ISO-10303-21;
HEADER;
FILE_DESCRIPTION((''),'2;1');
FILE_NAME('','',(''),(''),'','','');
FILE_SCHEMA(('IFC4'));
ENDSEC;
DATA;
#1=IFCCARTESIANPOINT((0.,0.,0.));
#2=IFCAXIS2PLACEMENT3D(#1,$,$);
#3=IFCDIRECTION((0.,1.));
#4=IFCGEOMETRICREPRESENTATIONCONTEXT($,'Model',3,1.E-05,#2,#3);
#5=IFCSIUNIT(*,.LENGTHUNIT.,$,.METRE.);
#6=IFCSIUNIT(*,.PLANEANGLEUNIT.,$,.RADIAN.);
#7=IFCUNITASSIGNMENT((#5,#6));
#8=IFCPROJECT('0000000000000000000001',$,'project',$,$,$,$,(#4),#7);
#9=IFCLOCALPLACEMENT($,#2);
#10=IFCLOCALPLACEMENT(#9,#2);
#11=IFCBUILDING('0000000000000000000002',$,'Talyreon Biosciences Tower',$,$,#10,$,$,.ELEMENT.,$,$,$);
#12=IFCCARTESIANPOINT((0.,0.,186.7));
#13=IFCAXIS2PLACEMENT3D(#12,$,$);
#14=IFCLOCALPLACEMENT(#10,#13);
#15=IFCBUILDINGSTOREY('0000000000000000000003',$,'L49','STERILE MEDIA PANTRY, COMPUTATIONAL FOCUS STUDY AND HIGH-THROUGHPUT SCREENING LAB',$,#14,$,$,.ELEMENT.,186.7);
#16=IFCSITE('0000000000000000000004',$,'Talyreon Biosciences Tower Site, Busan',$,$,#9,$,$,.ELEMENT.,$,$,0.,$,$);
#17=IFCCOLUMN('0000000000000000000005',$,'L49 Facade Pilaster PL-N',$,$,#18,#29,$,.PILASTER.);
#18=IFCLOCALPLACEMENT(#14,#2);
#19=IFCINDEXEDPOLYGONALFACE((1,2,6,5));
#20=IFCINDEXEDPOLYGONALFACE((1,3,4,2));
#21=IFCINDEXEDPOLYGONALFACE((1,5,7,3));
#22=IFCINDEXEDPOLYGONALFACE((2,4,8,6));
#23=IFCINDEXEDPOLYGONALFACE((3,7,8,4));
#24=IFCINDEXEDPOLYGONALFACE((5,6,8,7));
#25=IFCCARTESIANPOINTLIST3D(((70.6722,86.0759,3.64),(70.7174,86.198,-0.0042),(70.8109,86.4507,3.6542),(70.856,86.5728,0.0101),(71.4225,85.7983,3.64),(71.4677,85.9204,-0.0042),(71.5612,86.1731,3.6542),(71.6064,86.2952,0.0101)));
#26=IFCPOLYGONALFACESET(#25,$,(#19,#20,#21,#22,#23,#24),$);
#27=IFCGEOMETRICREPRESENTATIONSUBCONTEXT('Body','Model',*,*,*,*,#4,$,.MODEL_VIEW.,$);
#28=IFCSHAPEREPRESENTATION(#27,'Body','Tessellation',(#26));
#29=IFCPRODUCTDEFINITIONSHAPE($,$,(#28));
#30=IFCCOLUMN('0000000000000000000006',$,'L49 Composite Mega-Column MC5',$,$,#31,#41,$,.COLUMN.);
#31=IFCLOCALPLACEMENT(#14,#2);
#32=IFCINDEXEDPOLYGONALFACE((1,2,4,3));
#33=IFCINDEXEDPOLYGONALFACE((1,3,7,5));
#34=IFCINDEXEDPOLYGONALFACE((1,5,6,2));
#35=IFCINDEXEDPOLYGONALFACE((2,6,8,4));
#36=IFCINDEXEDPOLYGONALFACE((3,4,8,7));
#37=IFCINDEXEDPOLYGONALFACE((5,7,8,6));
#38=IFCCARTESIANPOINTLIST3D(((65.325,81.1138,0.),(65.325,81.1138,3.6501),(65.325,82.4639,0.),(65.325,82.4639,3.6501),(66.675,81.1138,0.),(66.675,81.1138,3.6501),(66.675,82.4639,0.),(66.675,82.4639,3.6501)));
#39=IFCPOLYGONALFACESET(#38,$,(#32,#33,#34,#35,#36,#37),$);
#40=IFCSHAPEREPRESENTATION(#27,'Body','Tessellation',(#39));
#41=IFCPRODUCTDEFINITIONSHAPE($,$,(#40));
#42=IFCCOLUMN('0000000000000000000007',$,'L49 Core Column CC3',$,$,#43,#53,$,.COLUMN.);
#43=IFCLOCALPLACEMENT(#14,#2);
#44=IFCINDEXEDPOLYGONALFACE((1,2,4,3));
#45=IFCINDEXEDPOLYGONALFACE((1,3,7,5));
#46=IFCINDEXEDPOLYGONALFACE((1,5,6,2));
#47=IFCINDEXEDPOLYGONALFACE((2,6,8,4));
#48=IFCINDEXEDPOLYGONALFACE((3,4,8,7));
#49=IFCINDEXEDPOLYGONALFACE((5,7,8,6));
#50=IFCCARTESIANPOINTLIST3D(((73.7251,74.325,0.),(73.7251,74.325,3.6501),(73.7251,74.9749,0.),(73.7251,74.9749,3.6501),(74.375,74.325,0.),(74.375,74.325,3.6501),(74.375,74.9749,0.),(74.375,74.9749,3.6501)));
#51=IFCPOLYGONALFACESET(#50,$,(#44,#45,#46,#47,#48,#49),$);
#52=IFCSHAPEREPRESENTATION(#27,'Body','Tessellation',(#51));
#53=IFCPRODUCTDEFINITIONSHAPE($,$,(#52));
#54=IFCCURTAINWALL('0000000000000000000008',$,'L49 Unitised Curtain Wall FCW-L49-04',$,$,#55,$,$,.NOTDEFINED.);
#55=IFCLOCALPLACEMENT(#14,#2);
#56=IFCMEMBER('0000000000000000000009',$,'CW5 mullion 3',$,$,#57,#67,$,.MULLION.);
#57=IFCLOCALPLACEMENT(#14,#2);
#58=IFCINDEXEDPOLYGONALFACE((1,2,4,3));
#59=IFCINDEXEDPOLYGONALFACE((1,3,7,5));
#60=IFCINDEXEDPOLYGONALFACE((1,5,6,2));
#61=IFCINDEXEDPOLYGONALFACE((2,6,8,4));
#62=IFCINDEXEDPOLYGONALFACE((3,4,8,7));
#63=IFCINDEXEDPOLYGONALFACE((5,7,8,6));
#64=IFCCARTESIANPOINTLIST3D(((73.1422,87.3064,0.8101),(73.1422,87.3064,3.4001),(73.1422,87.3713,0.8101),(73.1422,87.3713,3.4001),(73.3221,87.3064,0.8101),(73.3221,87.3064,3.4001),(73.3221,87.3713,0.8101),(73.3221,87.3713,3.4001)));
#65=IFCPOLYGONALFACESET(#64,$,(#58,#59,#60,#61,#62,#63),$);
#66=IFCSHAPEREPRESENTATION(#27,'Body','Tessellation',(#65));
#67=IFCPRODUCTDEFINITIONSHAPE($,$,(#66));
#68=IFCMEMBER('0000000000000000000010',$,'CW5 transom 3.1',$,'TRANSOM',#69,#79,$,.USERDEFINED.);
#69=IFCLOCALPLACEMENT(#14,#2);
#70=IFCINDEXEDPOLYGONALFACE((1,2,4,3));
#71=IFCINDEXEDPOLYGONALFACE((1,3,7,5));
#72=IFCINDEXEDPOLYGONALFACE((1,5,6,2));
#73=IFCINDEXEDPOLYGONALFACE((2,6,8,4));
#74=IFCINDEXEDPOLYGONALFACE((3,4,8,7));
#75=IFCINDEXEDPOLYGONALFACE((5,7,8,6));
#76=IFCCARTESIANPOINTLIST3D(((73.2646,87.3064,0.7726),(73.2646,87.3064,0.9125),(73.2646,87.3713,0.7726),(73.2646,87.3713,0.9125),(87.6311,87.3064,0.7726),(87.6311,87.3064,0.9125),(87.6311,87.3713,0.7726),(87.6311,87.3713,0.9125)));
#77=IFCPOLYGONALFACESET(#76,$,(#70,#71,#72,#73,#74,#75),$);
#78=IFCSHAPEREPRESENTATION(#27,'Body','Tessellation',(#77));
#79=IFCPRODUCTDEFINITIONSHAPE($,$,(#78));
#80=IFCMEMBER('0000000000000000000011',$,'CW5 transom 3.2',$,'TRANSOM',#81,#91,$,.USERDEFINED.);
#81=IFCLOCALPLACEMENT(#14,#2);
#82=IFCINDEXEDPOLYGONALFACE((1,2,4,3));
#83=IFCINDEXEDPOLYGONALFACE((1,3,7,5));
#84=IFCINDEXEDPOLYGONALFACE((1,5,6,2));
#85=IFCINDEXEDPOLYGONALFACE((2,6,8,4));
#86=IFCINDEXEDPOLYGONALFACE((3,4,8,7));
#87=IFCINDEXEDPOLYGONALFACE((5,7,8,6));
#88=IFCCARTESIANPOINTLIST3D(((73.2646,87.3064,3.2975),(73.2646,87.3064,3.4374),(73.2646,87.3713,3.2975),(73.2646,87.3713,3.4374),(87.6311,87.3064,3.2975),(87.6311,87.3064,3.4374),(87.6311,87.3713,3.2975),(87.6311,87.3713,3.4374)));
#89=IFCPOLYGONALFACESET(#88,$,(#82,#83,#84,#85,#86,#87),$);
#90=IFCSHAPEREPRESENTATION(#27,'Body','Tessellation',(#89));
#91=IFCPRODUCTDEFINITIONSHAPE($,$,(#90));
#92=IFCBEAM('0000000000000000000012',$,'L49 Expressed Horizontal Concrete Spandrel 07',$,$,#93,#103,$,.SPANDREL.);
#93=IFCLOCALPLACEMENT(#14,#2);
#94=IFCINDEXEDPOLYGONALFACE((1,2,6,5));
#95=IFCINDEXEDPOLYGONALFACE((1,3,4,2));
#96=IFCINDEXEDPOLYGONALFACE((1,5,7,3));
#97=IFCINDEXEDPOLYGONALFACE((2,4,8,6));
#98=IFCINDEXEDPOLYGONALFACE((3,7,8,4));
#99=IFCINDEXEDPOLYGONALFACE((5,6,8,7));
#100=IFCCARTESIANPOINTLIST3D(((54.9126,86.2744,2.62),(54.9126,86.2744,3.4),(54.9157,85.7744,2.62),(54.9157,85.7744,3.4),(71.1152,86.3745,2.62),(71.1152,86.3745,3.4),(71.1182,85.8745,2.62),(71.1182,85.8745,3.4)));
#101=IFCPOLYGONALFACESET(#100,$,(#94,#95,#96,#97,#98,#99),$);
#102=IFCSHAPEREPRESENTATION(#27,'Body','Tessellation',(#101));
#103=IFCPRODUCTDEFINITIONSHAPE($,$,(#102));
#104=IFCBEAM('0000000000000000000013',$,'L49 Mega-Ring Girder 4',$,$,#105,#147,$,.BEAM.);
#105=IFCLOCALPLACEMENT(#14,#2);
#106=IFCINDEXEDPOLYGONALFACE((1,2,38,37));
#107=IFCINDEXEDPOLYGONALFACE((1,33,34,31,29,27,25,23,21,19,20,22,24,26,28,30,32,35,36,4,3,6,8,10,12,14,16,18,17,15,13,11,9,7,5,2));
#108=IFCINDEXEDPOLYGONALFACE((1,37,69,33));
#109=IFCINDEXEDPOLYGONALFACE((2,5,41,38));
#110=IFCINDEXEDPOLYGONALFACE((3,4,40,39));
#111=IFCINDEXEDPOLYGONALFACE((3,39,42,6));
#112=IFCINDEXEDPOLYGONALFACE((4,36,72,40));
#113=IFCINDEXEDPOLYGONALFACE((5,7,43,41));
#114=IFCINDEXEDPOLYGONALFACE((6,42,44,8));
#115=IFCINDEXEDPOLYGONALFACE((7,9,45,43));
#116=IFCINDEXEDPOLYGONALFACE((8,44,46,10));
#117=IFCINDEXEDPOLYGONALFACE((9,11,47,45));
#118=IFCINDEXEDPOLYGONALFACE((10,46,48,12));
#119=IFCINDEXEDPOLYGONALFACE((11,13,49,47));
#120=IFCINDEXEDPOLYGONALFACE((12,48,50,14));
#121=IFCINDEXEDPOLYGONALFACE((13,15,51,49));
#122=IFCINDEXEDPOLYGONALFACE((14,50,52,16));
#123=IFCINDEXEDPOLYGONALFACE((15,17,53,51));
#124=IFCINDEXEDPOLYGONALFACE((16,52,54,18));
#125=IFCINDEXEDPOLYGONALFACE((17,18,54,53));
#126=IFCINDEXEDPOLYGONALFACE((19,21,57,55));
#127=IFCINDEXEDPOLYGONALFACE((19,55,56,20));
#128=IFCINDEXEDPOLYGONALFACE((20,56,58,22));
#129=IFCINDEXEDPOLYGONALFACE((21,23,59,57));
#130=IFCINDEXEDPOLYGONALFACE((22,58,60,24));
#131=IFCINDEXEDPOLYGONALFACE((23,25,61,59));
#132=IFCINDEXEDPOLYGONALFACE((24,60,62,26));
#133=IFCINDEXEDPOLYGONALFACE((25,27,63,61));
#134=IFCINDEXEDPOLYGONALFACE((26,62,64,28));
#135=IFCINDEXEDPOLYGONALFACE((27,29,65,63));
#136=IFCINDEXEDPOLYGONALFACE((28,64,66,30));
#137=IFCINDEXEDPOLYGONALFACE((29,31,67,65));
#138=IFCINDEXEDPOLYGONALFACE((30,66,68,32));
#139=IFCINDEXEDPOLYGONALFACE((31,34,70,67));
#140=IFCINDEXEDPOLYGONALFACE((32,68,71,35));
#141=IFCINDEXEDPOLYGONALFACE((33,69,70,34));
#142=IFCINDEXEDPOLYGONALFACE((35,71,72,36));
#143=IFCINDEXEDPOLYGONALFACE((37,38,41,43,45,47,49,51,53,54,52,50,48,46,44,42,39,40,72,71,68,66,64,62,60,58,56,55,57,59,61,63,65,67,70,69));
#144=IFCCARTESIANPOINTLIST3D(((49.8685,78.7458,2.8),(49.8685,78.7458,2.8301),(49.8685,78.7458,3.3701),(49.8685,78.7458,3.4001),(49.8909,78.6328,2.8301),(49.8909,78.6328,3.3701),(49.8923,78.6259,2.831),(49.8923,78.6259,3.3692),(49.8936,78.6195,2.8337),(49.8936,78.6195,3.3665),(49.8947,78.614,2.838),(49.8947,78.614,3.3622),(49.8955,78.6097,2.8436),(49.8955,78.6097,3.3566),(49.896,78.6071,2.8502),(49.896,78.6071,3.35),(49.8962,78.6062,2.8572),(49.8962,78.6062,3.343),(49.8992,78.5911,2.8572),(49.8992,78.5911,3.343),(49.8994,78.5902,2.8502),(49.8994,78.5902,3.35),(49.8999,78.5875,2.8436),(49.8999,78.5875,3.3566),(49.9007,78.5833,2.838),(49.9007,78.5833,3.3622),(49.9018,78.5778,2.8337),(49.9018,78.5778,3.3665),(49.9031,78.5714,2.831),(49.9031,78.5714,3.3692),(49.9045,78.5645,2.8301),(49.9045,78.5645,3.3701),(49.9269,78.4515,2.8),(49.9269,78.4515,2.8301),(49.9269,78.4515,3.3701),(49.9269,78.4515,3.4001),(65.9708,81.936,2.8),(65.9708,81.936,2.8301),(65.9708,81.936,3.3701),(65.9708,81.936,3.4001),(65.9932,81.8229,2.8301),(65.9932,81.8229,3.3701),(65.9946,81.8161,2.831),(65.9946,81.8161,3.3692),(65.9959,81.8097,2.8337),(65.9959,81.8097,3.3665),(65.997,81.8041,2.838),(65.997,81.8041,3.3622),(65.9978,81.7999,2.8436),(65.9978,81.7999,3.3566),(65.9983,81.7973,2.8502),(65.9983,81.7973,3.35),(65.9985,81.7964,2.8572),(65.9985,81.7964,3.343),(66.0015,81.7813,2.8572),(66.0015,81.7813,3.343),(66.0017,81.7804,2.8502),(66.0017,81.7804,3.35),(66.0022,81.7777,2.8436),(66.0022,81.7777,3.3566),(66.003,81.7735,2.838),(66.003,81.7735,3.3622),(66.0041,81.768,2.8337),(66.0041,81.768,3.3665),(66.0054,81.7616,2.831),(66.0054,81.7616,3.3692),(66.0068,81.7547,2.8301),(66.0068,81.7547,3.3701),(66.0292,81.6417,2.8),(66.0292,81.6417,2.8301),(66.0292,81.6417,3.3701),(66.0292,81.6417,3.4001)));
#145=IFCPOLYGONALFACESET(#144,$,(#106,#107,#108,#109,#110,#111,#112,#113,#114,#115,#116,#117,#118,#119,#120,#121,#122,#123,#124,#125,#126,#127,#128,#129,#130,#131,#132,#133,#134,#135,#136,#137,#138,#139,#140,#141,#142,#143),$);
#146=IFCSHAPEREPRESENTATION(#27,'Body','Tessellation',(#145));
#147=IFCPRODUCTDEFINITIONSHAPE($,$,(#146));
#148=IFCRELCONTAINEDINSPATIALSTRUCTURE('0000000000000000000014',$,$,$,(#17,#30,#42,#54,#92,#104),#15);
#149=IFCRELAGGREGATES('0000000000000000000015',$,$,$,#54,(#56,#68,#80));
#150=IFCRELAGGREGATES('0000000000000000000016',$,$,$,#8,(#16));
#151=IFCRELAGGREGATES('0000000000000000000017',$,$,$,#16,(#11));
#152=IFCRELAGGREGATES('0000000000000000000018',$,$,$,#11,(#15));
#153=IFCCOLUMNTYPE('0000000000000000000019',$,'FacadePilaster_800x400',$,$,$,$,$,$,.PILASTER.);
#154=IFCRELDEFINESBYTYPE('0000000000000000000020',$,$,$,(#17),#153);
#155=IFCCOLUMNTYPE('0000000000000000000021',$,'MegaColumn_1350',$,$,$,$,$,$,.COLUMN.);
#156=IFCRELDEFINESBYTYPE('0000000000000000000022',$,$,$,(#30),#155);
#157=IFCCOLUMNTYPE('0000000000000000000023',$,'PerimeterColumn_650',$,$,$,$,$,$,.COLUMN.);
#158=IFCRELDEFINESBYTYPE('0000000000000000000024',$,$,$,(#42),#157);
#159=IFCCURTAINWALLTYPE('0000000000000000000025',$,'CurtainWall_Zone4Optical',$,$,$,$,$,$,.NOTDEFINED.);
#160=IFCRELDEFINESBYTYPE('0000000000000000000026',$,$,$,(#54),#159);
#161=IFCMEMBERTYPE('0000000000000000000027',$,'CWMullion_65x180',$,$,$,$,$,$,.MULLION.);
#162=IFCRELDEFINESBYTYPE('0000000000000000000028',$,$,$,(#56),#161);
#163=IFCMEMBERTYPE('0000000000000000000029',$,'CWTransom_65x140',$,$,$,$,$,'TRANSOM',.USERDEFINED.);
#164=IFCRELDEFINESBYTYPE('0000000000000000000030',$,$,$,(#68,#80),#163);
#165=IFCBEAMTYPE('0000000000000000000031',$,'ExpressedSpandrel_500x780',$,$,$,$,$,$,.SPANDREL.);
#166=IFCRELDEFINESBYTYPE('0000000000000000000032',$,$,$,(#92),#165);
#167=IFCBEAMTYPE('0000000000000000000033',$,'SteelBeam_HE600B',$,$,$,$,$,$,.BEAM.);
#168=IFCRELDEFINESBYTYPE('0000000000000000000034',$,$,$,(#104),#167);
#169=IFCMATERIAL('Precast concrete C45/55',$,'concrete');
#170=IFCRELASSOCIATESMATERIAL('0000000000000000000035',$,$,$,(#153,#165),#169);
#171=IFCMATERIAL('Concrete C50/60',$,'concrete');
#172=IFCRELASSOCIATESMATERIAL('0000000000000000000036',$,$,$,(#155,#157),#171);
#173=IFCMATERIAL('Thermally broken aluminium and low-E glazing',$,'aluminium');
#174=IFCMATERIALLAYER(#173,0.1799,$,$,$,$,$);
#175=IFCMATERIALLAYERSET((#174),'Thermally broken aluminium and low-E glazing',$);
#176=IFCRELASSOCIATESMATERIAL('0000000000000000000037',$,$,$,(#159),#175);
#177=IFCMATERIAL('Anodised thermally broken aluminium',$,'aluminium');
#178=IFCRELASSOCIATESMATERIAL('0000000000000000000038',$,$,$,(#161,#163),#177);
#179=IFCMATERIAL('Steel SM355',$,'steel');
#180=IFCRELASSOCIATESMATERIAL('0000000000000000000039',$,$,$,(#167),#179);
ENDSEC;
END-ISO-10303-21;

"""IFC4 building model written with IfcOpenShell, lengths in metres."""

from ifc_helpers import new_model, si_unit, direction, frame, origin, origin_2d, place, context, subcontext, project, spatial, rectangle, i_section, extrude, material, layer, layer_set, material_profile, profile_set, type_object, element, aggregate, save


model = new_model("IFC4")

# Units and contexts
model_context = context("Model", 3, precision=1e-05, world=origin(), true_north=direction((0.0, 1.0)))
body_context = subcontext(model_context, "Body", "Model", "MODEL_VIEW")
ifc_project = project(units=[si_unit("LENGTHUNIT", "METRE"), si_unit("PLANEANGLEUNIT", "RADIAN")], contexts=[model_context])

# Site, building, storey
site_placement = place(None, origin())
site = spatial("IfcSite", under=ifc_project, at=site_placement, Name="Talyreon Biosciences Tower Site, Busan", CompositionType="ELEMENT", RefElevation=0.0)
building_placement = place(site_placement, origin())
building = spatial("IfcBuilding", under=site, at=building_placement, Name="Talyreon Biosciences Tower", CompositionType="ELEMENT")
storey_placement = place(building_placement, frame((0.0, 0.0, 186.7)))
storey = spatial("IfcBuildingStorey", under=building, at=storey_placement, Name="L49", Description="STERILE MEDIA PANTRY, COMPUTATIONAL FOCUS STUDY AND HIGH-THROUGHPUT SCREENING LAB", CompositionType="ELEMENT", Elevation=186.7)

# Columns
ifc_material_1 = material(Name="Precast concrete C45/55", Category="concrete")
ifc_material_profile_1 = material_profile(ifc_material_1, rectangle(XDim=0.8, YDim=0.3999, at=origin_2d()), Name="RC 800x400")
ifc_profile_set_1 = profile_set([ifc_material_profile_1], Name="Precast concrete C45/55")
column_type_1 = type_object("IfcColumnType", Name="FacadePilaster_800x400", PredefinedType="PILASTER", material=ifc_profile_set_1)
column_1_placement = place(storey_placement, frame((71.1619, 86.2466, 0.0029), z_axis=(-0.012387, -0.033477, 0.999363), x_axis=(-0.937862, 0.347009, 0.0)))
element("IfcColumn", 1, at=column_1_placement, inside=storey, type_object=column_type_1, Name="L49 Facade Pilaster PL-N", PredefinedType="PILASTER", context=body_context, shape_type="SweptSolid", body=[
    extrude(rectangle(XDim=0.8, YDim=0.3999, at=origin_2d()), origin(), (0.0, 0.0, 1.0), 3.6465),
])
ifc_material_2 = material(Name="Concrete C50/60", Category="concrete")
ifc_material_profile_2 = material_profile(ifc_material_2, rectangle(XDim=1.3501, YDim=1.3501, at=origin_2d()), Name="RC 1350x1350")
ifc_profile_set_2 = profile_set([ifc_material_profile_2], Name="Concrete C50/60")
column_type_2 = type_object("IfcColumnType", Name="MegaColumn_1350", PredefinedType="COLUMN", material=ifc_profile_set_2)
column_2_placement = place(storey_placement, frame((66.0, 81.7888, 0.0), z_axis=(0.0, 0.0, 1.0), x_axis=(1.0, 0.0, 0.0)))
element("IfcColumn", 2, at=column_2_placement, inside=storey, type_object=column_type_2, Name="L49 Composite Mega-Column MC5", PredefinedType="COLUMN", context=body_context, shape_type="SweptSolid", body=[
    extrude(rectangle(XDim=1.3501, YDim=1.3501, at=origin_2d()), origin(), (0.0, 0.0, 1.0), 3.6501),
])
ifc_material_profile_3 = material_profile(ifc_material_2, rectangle(XDim=0.6499, YDim=0.6499, at=origin_2d()), Name="RC 650x650")
ifc_profile_set_3 = profile_set([ifc_material_profile_3], Name="Concrete C50/60")
column_type_3 = type_object("IfcColumnType", Name="PerimeterColumn_650", PredefinedType="COLUMN", material=ifc_profile_set_3)
column_3_placement = place(storey_placement, frame((74.05, 74.6499, 0.0), z_axis=(0.0, 0.0, 1.0), x_axis=(1.0, 0.0, 0.0)))
element("IfcColumn", 3, at=column_3_placement, inside=storey, type_object=column_type_3, Name="L49 Core Column CC3", PredefinedType="COLUMN", context=body_context, shape_type="SweptSolid", body=[
    extrude(rectangle(XDim=0.6499, YDim=0.6499, at=origin_2d()), origin(), (0.0, 0.0, 1.0), 3.6501),
])

# Curtain wall, members
ifc_material_3 = material(Name="Thermally broken aluminium and low-E glazing", Category="aluminium")
ifc_layer_1 = layer(ifc_material_3, 0.1799)
ifc_layer_set_1 = layer_set([ifc_layer_1], Name="Thermally broken aluminium and low-E glazing")
curtain_wall_type = type_object("IfcCurtainWallType", Name="CurtainWall_Zone4Optical", PredefinedType="NOTDEFINED", material=ifc_layer_set_1)
curtain_wall_placement = place(storey_placement, origin())
curtain_wall = element("IfcCurtainWall", 4, at=curtain_wall_placement, inside=storey, type_object=curtain_wall_type, Name="L49 Unitised Curtain Wall FCW-L49-04", PredefinedType="NOTDEFINED")
ifc_material_4 = material(Name="Anodised thermally broken aluminium", Category="aluminium")
ifc_material_profile_4 = material_profile(ifc_material_4, rectangle(XDim=0.0649, YDim=0.1799, at=origin_2d()), Name="ALUM MULLION 65x180")
ifc_profile_set_4 = profile_set([ifc_material_profile_4], Name="Anodised thermally broken aluminium")
member_type_1 = type_object("IfcMemberType", Name="CWMullion_65x180", PredefinedType="MULLION", material=ifc_profile_set_4)
member_1_placement = place(storey_placement, frame((73.2322, 87.3389, 0.8101), z_axis=(0.0, 0.0, 1.0), x_axis=(0.0, 1.0, 0.0)))
member_1 = element("IfcMember", 5, at=member_1_placement, type_object=member_type_1, Name="CW5 mullion 3", PredefinedType="MULLION", context=body_context, shape_type="SweptSolid", body=[
    extrude(rectangle(XDim=0.0649, YDim=0.1799, at=origin_2d()), origin(), (0.0, 0.0, 1.0), 2.5901),
])
ifc_material_profile_5 = material_profile(ifc_material_4, rectangle(XDim=0.0649, YDim=0.1399, at=origin_2d()), Name="ALUM TRANSOM 65x140")
ifc_profile_set_5 = profile_set([ifc_material_profile_5], Name="Anodised thermally broken aluminium")
member_type_2 = type_object("IfcMemberType", Name="CWTransom_65x140", ElementType="TRANSOM", PredefinedType="USERDEFINED", material=ifc_profile_set_5)
member_2_placement = place(storey_placement, frame((73.2646, 87.3389, 0.8425), z_axis=(1.0, 0.0, 0.0), x_axis=(0.0, 1.0, 0.0)))
member_2 = element("IfcMember", 6, at=member_2_placement, type_object=member_type_2, Name="CW5 transom 3.1", ObjectType="TRANSOM", PredefinedType="USERDEFINED", context=body_context, shape_type="SweptSolid", body=[
    extrude(rectangle(XDim=0.0649, YDim=0.1399, at=origin_2d()), origin(), (0.0, 0.0, 1.0), 14.3665),
])
member_3_placement = place(storey_placement, frame((73.2646, 87.3389, 3.3674), z_axis=(1.0, 0.0, 0.0), x_axis=(0.0, 1.0, 0.0)))
member_3 = element("IfcMember", 7, at=member_3_placement, type_object=member_type_2, Name="CW5 transom 3.2", ObjectType="TRANSOM", PredefinedType="USERDEFINED", context=body_context, shape_type="SweptSolid", body=[
    extrude(rectangle(XDim=0.0649, YDim=0.1399, at=origin_2d()), origin(), (0.0, 0.0, 1.0), 14.3665),
])

# Beams
ifc_material_profile_6 = material_profile(ifc_material_1, rectangle(XDim=0.5, YDim=0.78, at=origin_2d()), Name="RCB 500x780")
ifc_profile_set_6 = profile_set([ifc_material_profile_6], Name="Precast concrete C45/55")
beam_type_1 = type_object("IfcBeamType", Name="ExpressedSpandrel_500x780", PredefinedType="SPANDREL", material=ifc_profile_set_6)
beam_1_placement = place(storey_placement, frame((71.1167, 86.1245, 3.01), z_axis=(-0.999981, -0.006178, 0.0), x_axis=(0.006178, -0.999981, 0.0)))
element("IfcBeam", 8, at=beam_1_placement, inside=storey, type_object=beam_type_1, Name="L49 Expressed Horizontal Concrete Spandrel 07", PredefinedType="SPANDREL", context=body_context, shape_type="SweptSolid", body=[
    extrude(rectangle(XDim=0.5, YDim=0.78, at=origin_2d()), origin(), (0.0, 0.0, 1.0), 16.2029),
])
ifc_material_5 = material(Name="Steel SM355", Category="steel")
ifc_material_profile_7 = material_profile(ifc_material_5, i_section(OverallWidth=0.3, OverallDepth=0.6001, WebThickness=0.0154, FlangeThickness=0.03, FilletRadius=0.0271, at=origin_2d()), Name="HE600B")
ifc_profile_set_7 = profile_set([ifc_material_profile_7], Name="Steel SM355")
beam_type_2 = type_object("IfcBeamType", Name="SteelBeam_HE600B", PredefinedType="BEAM", material=ifc_profile_set_7)
beam_2_placement = place(storey_placement, frame((66.0, 81.7888, 3.1001), z_axis=(-0.980934, -0.194343, 0.0), x_axis=(0.194343, -0.980934, 0.0)))
element("IfcBeam", 9, at=beam_2_placement, inside=storey, type_object=beam_type_2, Name="L49 Mega-Ring Girder 4", PredefinedType="BEAM", context=body_context, shape_type="SweptSolid", body=[
    extrude(i_section(OverallWidth=0.3, OverallDepth=0.6001, WebThickness=0.0154, FlangeThickness=0.03, FilletRadius=0.0271, at=origin_2d()), origin(), (0.0, 0.0, 1.0), 16.4153),
])

aggregate(curtain_wall, [member_1, member_2, member_3])

save(model, "model.ifc")
